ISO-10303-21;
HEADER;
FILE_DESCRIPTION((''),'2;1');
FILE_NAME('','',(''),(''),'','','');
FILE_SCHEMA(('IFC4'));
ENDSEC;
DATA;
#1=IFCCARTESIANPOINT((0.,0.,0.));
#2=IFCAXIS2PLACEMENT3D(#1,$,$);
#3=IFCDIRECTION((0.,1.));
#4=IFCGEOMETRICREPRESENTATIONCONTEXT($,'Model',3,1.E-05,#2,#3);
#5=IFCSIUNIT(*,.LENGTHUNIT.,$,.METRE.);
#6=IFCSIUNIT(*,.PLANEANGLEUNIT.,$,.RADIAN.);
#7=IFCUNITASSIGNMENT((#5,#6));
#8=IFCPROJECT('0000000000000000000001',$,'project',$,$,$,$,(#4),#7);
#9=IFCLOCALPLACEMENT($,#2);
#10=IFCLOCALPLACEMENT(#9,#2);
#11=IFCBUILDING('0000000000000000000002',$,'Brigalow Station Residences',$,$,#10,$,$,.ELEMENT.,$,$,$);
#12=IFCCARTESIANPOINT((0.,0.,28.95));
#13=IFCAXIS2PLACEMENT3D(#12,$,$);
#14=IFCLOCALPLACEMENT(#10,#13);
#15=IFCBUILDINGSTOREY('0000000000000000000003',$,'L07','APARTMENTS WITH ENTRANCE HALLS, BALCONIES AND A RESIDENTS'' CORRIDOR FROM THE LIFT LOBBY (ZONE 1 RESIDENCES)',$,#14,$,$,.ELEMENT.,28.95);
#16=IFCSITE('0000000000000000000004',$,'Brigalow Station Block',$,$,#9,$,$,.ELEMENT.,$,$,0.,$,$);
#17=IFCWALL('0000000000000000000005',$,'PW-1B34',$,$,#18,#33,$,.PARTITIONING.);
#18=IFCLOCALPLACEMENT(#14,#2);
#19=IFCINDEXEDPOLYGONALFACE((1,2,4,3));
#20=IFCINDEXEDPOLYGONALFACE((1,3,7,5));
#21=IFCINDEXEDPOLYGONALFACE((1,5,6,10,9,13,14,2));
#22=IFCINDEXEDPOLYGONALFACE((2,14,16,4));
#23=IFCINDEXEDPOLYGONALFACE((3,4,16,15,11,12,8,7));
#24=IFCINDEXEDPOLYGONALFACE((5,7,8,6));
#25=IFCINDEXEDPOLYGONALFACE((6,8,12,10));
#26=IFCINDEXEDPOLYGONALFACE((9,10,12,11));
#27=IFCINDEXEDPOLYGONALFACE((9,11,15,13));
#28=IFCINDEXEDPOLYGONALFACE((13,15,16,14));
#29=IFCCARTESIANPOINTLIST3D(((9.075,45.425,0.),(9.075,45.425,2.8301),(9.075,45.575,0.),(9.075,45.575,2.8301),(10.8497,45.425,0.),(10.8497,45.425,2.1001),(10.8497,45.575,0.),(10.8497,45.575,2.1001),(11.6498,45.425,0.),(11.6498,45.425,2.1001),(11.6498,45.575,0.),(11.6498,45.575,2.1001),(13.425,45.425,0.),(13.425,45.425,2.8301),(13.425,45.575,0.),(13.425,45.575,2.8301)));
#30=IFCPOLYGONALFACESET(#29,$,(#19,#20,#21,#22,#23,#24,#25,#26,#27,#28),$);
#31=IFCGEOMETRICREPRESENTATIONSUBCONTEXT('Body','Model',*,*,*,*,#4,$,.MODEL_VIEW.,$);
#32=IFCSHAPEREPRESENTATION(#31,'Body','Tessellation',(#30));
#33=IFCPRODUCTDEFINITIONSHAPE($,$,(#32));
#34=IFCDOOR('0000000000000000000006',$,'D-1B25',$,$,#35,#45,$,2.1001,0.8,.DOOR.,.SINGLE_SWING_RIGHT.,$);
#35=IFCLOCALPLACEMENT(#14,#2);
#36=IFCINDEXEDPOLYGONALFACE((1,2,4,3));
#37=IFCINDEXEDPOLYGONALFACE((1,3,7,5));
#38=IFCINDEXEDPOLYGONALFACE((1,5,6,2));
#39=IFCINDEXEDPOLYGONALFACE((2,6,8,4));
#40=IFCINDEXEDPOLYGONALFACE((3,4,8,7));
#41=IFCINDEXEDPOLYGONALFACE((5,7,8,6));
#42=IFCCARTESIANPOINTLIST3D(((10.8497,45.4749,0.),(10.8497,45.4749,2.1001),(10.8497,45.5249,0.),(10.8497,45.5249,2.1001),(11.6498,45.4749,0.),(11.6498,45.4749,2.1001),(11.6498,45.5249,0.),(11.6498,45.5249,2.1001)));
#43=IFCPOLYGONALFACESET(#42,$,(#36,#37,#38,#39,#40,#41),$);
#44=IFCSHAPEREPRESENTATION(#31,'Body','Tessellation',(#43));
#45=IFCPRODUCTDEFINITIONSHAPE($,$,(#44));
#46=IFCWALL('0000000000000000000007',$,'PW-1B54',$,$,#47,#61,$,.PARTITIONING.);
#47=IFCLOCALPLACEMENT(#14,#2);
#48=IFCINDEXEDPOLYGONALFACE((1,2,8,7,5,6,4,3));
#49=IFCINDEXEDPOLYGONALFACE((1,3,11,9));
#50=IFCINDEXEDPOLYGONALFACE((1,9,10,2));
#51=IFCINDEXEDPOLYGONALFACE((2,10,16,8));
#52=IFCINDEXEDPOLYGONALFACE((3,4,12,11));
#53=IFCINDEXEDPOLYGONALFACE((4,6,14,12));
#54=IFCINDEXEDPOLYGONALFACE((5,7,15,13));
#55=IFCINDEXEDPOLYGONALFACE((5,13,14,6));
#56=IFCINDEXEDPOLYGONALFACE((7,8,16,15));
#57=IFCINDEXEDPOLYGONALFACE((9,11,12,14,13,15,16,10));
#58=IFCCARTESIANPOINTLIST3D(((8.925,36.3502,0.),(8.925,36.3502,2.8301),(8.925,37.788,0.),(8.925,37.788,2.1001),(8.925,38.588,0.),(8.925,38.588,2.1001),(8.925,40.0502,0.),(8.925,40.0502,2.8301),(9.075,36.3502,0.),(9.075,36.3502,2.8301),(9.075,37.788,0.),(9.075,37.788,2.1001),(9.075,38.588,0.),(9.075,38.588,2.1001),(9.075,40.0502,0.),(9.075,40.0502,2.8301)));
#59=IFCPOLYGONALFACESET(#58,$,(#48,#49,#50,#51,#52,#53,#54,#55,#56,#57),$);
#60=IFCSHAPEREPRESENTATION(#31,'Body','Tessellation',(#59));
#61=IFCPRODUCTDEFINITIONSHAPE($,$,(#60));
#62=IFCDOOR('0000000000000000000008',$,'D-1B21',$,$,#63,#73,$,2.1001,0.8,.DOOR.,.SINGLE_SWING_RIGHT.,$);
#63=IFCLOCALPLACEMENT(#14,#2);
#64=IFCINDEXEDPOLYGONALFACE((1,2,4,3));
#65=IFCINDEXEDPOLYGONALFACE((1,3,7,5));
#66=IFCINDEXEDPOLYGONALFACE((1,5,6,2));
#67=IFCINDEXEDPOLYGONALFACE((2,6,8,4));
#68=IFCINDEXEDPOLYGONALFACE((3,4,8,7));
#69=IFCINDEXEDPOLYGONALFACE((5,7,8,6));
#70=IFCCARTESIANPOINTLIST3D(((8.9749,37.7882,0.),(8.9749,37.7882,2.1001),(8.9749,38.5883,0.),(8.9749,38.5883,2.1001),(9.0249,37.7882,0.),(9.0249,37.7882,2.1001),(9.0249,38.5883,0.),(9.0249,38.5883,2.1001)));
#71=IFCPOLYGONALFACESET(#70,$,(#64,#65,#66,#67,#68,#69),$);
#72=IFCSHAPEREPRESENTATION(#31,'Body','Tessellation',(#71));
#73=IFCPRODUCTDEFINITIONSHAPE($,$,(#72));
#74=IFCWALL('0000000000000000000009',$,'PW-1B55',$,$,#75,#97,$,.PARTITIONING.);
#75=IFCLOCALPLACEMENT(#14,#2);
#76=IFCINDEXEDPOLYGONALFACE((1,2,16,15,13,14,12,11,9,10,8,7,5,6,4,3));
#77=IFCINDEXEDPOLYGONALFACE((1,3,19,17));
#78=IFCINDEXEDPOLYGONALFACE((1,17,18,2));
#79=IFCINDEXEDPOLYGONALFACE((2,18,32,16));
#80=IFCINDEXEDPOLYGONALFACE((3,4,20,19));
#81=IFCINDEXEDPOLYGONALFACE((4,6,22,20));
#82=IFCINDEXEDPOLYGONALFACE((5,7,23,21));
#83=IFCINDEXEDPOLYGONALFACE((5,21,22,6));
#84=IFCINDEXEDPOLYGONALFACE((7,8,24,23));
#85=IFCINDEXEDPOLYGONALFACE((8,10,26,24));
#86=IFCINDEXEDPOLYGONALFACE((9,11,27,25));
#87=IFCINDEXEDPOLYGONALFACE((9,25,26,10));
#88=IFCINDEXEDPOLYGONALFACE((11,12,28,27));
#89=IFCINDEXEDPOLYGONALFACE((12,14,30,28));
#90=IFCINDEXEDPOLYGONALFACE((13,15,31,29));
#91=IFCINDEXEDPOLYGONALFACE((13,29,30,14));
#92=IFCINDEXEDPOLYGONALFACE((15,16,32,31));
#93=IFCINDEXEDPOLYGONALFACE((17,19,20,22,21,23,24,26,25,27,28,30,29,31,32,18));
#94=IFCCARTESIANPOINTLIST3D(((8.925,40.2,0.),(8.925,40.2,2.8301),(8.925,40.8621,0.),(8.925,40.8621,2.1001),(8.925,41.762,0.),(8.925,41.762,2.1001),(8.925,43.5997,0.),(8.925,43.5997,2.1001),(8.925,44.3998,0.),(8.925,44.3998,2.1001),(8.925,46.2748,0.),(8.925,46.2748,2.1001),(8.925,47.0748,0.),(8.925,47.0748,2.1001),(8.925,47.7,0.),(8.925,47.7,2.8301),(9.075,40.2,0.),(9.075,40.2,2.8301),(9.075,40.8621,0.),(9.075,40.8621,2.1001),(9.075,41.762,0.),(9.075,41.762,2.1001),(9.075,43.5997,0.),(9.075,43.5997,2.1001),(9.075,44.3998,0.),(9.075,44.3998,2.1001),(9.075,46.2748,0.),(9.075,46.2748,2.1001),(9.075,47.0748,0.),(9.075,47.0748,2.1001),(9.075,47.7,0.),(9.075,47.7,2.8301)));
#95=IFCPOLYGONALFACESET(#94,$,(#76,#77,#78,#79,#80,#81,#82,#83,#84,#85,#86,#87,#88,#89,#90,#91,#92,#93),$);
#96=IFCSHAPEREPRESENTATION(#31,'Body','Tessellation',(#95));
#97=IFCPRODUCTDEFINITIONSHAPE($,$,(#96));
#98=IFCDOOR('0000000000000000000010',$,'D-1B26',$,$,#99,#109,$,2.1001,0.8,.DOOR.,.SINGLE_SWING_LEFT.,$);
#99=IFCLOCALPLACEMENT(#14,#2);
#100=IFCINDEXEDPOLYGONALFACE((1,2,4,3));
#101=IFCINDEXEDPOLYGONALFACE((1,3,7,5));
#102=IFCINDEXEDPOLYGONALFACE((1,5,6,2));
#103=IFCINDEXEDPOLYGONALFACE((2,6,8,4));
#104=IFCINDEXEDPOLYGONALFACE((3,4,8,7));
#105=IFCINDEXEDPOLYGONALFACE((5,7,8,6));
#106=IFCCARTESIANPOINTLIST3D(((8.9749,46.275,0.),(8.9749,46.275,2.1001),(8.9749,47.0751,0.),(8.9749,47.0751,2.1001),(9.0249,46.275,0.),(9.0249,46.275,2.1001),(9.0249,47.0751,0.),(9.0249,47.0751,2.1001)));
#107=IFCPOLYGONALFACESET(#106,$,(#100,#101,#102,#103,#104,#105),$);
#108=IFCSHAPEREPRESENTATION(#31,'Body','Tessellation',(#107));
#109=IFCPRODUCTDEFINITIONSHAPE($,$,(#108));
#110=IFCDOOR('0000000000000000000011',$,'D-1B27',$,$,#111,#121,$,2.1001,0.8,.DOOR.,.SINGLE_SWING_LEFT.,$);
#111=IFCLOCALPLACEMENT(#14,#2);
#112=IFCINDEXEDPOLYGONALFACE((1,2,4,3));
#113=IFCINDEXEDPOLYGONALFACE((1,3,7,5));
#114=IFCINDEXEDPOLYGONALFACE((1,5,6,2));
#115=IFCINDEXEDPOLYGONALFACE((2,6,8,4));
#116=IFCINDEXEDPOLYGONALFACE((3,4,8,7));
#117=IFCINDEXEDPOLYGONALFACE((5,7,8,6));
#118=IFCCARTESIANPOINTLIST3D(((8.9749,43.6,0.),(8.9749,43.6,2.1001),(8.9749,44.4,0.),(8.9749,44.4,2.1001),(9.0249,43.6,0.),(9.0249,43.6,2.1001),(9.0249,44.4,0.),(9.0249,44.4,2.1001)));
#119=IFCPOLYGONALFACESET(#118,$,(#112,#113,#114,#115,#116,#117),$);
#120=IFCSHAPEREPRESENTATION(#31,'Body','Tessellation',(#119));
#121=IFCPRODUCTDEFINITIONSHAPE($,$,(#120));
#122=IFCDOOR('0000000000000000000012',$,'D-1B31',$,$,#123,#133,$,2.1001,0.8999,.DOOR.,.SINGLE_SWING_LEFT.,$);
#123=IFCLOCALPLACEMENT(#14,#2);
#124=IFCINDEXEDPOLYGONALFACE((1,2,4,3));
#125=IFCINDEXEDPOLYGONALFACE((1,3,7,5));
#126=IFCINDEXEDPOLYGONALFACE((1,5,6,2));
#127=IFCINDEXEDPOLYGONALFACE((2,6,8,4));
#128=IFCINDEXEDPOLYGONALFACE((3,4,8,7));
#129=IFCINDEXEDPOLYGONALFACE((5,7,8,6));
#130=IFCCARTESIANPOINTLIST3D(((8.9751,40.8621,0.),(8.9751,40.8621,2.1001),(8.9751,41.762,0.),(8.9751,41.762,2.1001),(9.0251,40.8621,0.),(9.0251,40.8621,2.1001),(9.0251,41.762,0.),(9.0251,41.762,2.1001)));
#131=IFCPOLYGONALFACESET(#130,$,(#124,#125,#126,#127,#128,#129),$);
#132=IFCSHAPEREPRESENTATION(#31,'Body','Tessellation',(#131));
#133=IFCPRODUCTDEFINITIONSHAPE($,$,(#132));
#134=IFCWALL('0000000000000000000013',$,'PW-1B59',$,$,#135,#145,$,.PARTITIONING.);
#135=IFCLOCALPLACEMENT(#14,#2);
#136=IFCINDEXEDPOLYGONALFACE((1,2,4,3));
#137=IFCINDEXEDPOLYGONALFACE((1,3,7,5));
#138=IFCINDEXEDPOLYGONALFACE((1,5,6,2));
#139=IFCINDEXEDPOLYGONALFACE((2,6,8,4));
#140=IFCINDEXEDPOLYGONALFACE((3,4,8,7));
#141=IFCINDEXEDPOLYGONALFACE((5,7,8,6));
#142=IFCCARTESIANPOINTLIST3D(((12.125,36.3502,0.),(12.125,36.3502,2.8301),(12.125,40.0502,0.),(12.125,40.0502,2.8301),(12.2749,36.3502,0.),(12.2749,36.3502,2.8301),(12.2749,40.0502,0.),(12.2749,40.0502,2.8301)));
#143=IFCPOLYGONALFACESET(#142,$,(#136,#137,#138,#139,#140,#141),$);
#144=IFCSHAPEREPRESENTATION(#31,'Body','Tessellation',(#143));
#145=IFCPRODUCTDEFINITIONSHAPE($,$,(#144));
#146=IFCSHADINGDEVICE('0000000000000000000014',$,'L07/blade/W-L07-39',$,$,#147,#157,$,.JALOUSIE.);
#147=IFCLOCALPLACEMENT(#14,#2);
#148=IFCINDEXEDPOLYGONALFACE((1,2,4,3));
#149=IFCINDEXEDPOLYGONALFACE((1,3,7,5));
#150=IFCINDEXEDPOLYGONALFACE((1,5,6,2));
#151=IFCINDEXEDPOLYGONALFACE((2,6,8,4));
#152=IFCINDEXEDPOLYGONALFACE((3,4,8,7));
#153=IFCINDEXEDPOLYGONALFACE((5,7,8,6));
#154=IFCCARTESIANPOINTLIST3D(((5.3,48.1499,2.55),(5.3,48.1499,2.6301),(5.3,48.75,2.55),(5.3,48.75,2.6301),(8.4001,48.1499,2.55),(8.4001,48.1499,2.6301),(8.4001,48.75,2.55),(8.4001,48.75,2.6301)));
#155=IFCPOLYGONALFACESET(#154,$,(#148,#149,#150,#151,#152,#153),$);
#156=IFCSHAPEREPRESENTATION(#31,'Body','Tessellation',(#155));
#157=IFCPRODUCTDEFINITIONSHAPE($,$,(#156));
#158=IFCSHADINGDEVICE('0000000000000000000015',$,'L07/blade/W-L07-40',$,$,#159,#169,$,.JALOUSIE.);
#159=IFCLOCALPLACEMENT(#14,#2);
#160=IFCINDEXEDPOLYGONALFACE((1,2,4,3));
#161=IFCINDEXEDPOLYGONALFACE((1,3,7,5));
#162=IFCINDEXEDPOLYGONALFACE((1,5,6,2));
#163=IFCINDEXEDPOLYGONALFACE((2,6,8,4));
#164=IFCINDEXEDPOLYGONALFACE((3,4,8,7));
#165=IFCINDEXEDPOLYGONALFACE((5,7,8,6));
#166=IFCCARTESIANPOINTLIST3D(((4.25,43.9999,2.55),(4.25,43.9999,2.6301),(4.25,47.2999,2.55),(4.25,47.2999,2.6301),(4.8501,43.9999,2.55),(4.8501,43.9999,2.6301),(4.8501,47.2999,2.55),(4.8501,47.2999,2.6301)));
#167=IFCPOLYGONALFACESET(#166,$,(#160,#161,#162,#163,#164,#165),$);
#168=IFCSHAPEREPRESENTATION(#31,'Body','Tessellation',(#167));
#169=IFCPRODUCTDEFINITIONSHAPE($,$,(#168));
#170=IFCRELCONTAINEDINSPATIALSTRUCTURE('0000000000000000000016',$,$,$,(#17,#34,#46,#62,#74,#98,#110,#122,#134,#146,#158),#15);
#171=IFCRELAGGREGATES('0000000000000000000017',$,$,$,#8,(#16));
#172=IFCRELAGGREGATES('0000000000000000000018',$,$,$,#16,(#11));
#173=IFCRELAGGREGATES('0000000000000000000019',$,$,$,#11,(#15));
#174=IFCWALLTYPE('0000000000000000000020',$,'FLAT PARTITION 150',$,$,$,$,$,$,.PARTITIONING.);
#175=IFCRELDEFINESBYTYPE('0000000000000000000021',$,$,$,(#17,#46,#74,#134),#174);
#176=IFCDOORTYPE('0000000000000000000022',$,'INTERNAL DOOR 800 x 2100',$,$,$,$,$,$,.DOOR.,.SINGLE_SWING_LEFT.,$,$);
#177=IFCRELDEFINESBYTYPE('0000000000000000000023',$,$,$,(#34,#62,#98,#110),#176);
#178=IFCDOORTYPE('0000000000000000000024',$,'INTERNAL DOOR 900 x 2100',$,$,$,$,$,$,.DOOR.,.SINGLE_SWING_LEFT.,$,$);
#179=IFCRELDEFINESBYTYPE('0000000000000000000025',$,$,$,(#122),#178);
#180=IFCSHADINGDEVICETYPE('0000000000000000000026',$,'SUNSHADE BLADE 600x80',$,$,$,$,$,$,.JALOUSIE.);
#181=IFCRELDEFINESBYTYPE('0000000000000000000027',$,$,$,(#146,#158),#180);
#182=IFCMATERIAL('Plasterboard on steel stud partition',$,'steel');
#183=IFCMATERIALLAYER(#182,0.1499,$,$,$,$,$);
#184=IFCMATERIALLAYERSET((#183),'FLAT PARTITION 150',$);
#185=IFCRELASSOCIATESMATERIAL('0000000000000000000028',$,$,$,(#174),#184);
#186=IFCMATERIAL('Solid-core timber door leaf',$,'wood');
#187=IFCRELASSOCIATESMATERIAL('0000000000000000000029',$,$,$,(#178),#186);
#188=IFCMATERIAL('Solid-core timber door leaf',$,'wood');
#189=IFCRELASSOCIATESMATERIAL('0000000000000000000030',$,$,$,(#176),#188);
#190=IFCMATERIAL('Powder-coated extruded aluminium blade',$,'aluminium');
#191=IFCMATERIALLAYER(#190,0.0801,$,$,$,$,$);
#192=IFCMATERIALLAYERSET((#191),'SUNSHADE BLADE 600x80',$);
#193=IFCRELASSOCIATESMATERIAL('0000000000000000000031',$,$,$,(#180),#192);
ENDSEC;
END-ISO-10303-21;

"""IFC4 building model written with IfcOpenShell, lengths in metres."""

from ifc_helpers import new_model, si_unit, direction, frame, frame_2d, origin, origin_2d, place, context, subcontext, project, spatial, rectangle, extrude, material, layer, layer_set, type_object, element, fill, save


model = new_model("IFC4")

# Units and contexts
model_context = context("Model", 3, precision=1e-05, world=origin(), true_north=direction((0.0, 1.0)))
body_context = subcontext(model_context, "Body", "Model", "MODEL_VIEW")
ifc_project = project(units=[si_unit("LENGTHUNIT", "METRE"), si_unit("PLANEANGLEUNIT", "RADIAN")], contexts=[model_context])

# Site, building, storey
site_placement = place(None, origin())
site = spatial("IfcSite", under=ifc_project, at=site_placement, Name="Brigalow Station Block", CompositionType="ELEMENT", RefElevation=0.0)
building_placement = place(site_placement, origin())
building = spatial("IfcBuilding", under=site, at=building_placement, Name="Brigalow Station Residences", CompositionType="ELEMENT")
storey_placement = place(building_placement, frame((0.0, 0.0, 28.95)))
storey = spatial("IfcBuildingStorey", under=building, at=storey_placement, Name="L07", Description="APARTMENTS WITH ENTRANCE HALLS, BALCONIES AND A RESIDENTS' CORRIDOR FROM THE LIFT LOBBY (ZONE 1 RESIDENCES)", CompositionType="ELEMENT", Elevation=28.95)

# Shared definitions
ifc_material_1 = material(Name="Plasterboard on steel stud partition", Category="steel")
ifc_layer_1 = layer(ifc_material_1, 0.1499)
ifc_layer_set_1 = layer_set([ifc_layer_1], Name="FLAT PARTITION 150")
wall_type_1 = type_object("IfcWallType", Name="FLAT PARTITION 150", PredefinedType="PARTITIONING", material=ifc_layer_set_1)
ifc_material_2 = material(Name="Solid-core timber door leaf", Category="wood")
door_type_1 = type_object("IfcDoorType", Name="INTERNAL DOOR 900 x 2100", OperationType="SINGLE_SWING_LEFT", PredefinedType="DOOR", material=ifc_material_2)

# Walls, openings, doors
wall_1_placement = place(storey_placement, frame((9.075, 45.5, 0.0), z_axis=(0.0, 0.0, 1.0), x_axis=(1.0, 0.0, 0.0)))
wall_1 = element("IfcWall", 1, at=wall_1_placement, inside=storey, type_object=wall_type_1, Name="PW-1B34", PredefinedType="PARTITIONING", context=body_context, shape_type="SweptSolid", body=[
    extrude(rectangle(XDim=4.3501, YDim=0.1499, at=frame_2d((2.175, 0.0))), origin(), (0.0, 0.0, 1.0), 2.8301),
])
opening_1_placement = place(wall_1_placement, frame((1.7749, 0.0, 0.0)))
opening_1 = element("IfcOpeningElement", 2, at=opening_1_placement, cuts=wall_1, PredefinedType="OPENING", context=body_context, shape_type="SweptSolid", body=[
    extrude(rectangle(XDim=0.8, YDim=2.1001, at=frame_2d((0.3999, 1.05))), frame((0.0, 0.085, 0.0), z_axis=(0.0, -1.0, 0.0), x_axis=(1.0, 0.0, 0.0)), (0.0, 0.0, 1.0), 0.1699),
])
ifc_material_3 = material(Name="Solid-core timber door leaf", Category="wood")
door_type_2 = type_object("IfcDoorType", Name="INTERNAL DOOR 800 x 2100", OperationType="SINGLE_SWING_LEFT", PredefinedType="DOOR", material=ifc_material_3)
door_1_placement = place(opening_1_placement, origin())
door_1 = element("IfcDoor", 3, at=door_1_placement, inside=storey, type_object=door_type_2, Name="D-1B25", OperationType="SINGLE_SWING_RIGHT", OverallHeight=2.1001, OverallWidth=0.8, PredefinedType="DOOR", context=body_context, shape_type="SweptSolid", body=[
    extrude(rectangle(XDim=0.8, YDim=2.1001, at=frame_2d((0.3999, 1.05))), frame((0.0, 0.0249, 0.0), z_axis=(0.0, -1.0, 0.0), x_axis=(1.0, 0.0, 0.0)), (0.0, 0.0, 1.0), 0.05),
])
fill(opening_1, door_1)
wall_2_placement = place(storey_placement, frame((9.0, 36.3501, 0.0), z_axis=(0.0, 0.0, 1.0), x_axis=(0.0, 1.0, 0.0)))
wall_2 = element("IfcWall", 4, at=wall_2_placement, inside=storey, type_object=wall_type_1, Name="PW-1B54", PredefinedType="PARTITIONING", context=body_context, shape_type="SweptSolid", body=[
    extrude(rectangle(XDim=3.7, YDim=0.1499, at=frame_2d((1.8501, 0.0))), origin(), (0.0, 0.0, 1.0), 2.8301),
])
opening_2_placement = place(wall_2_placement, frame((1.438, 0.0, 0.0)))
opening_2 = element("IfcOpeningElement", 5, at=opening_2_placement, cuts=wall_2, PredefinedType="OPENING", context=body_context, shape_type="SweptSolid", body=[
    extrude(rectangle(XDim=0.8, YDim=2.1001, at=frame_2d((0.3999, 1.05))), frame((0.0, 0.085, 0.0), z_axis=(0.0, -1.0, 0.0), x_axis=(1.0, 0.0, 0.0)), (0.0, 0.0, 1.0), 0.1699),
])
door_2_placement = place(opening_2_placement, frame((0.8, 0.0, 0.0), z_axis=(0.0, 0.0, 1.0), x_axis=(-1.0, 0.0, 0.0)))
door_2 = element("IfcDoor", 6, at=door_2_placement, inside=storey, type_object=door_type_2, Name="D-1B21", OperationType="SINGLE_SWING_RIGHT", OverallHeight=2.1001, OverallWidth=0.8, PredefinedType="DOOR", context=body_context, shape_type="SweptSolid", body=[
    extrude(rectangle(XDim=0.8, YDim=2.1001, at=frame_2d((0.3999, 1.05))), frame((0.0, 0.0249, 0.0), z_axis=(0.0, -1.0, 0.0), x_axis=(1.0, 0.0, 0.0)), (0.0, 0.0, 1.0), 0.05),
])
fill(opening_2, door_2)

# Wall, openings, doors
wall_3_placement = place(storey_placement, frame((9.0, 40.2, 0.0), z_axis=(0.0, 0.0, 1.0), x_axis=(0.0, 1.0, 0.0)))
wall_3 = element("IfcWall", 7, at=wall_3_placement, inside=storey, type_object=wall_type_1, Name="PW-1B55", PredefinedType="PARTITIONING", context=body_context, shape_type="SweptSolid", body=[
    extrude(rectangle(XDim=7.5, YDim=0.1499, at=frame_2d((3.75, 0.0))), origin(), (0.0, 0.0, 1.0), 2.8301),
])
opening_3_placement = place(wall_3_placement, frame((6.075, 0.0, 0.0)))
opening_3 = element("IfcOpeningElement", 8, at=opening_3_placement, cuts=wall_3, PredefinedType="OPENING", context=body_context, shape_type="SweptSolid", body=[
    extrude(rectangle(XDim=0.8, YDim=2.1001, at=frame_2d((0.3999, 1.05))), frame((0.0, 0.085, 0.0), z_axis=(0.0, -1.0, 0.0), x_axis=(1.0, 0.0, 0.0)), (0.0, 0.0, 1.0), 0.1699),
])
opening_4_placement = place(wall_3_placement, frame((3.3999, 0.0, 0.0)))
opening_4 = element("IfcOpeningElement", 9, at=opening_4_placement, cuts=wall_3, PredefinedType="OPENING", context=body_context, shape_type="SweptSolid", body=[
    extrude(rectangle(XDim=0.8, YDim=2.1001, at=frame_2d((0.3999, 1.05))), frame((0.0, 0.085, 0.0), z_axis=(0.0, -1.0, 0.0), x_axis=(1.0, 0.0, 0.0)), (0.0, 0.0, 1.0), 0.1699),
])
opening_5_placement = place(wall_3_placement, frame((0.6621, 0.0, 0.0)))
opening_5 = element("IfcOpeningElement", 10, at=opening_5_placement, cuts=wall_3, PredefinedType="OPENING", context=body_context, shape_type="SweptSolid", body=[
    extrude(rectangle(XDim=0.8999, YDim=2.1001, at=frame_2d((0.45, 1.05))), frame((0.0, 0.085, 0.0), z_axis=(0.0, -1.0, 0.0), x_axis=(1.0, 0.0, 0.0)), (0.0, 0.0, 1.0), 0.1699),
])
door_3_placement = place(opening_3_placement, frame((0.8, 0.0, 0.0), z_axis=(0.0, 0.0, 1.0), x_axis=(-1.0, 0.0, 0.0)))
door_3 = element("IfcDoor", 11, at=door_3_placement, inside=storey, type_object=door_type_2, Name="D-1B26", OperationType="SINGLE_SWING_LEFT", OverallHeight=2.1001, OverallWidth=0.8, PredefinedType="DOOR", context=body_context, shape_type="SweptSolid", body=[
    extrude(rectangle(XDim=0.8, YDim=2.1001, at=frame_2d((0.3999, 1.05))), frame((0.0, 0.0249, 0.0), z_axis=(0.0, -1.0, 0.0), x_axis=(1.0, 0.0, 0.0)), (0.0, 0.0, 1.0), 0.05),
])
fill(opening_3, door_3)
door_4_placement = place(opening_4_placement, frame((0.8, 0.0, 0.0), z_axis=(0.0, 0.0, 1.0), x_axis=(-1.0, 0.0, 0.0)))
door_4 = element("IfcDoor", 12, at=door_4_placement, inside=storey, type_object=door_type_2, Name="D-1B27", OperationType="SINGLE_SWING_LEFT", OverallHeight=2.1001, OverallWidth=0.8, PredefinedType="DOOR", context=body_context, shape_type="SweptSolid", body=[
    extrude(rectangle(XDim=0.8, YDim=2.1001, at=frame_2d((0.3999, 1.05))), frame((0.0, 0.0249, 0.0), z_axis=(0.0, -1.0, 0.0), x_axis=(1.0, 0.0, 0.0)), (0.0, 0.0, 1.0), 0.05),
])
fill(opening_4, door_4)
door_5_placement = place(opening_5_placement, origin())
door_5 = element("IfcDoor", 13, at=door_5_placement, inside=storey, type_object=door_type_1, Name="D-1B31", OperationType="SINGLE_SWING_LEFT", OverallHeight=2.1001, OverallWidth=0.8999, PredefinedType="DOOR", context=body_context, shape_type="SweptSolid", body=[
    extrude(rectangle(XDim=0.8999, YDim=2.1001, at=frame_2d((0.45, 1.05))), frame((0.0, 0.0249, 0.0), z_axis=(0.0, -1.0, 0.0), x_axis=(1.0, 0.0, 0.0)), (0.0, 0.0, 1.0), 0.05),
])
fill(opening_5, door_5)

# Wall
wall_4_placement = place(storey_placement, frame((12.2, 36.3501, 0.0), z_axis=(0.0, 0.0, 1.0), x_axis=(0.0, 1.0, 0.0)))
element("IfcWall", 14, at=wall_4_placement, inside=storey, type_object=wall_type_1, Name="PW-1B59", PredefinedType="PARTITIONING", context=body_context, shape_type="SweptSolid", body=[
    extrude(rectangle(XDim=3.7, YDim=0.1499, at=frame_2d((1.8501, 0.0))), origin(), (0.0, 0.0, 1.0), 2.8301),
])

# Shading devices
ifc_material_4 = material(Name="Powder-coated extruded aluminium blade", Category="aluminium")
ifc_layer_2 = layer(ifc_material_4, 0.0801)
ifc_layer_set_2 = layer_set([ifc_layer_2], Name="SUNSHADE BLADE 600x80")
shading_device_type = type_object("IfcShadingDeviceType", Name="SUNSHADE BLADE 600x80", PredefinedType="JALOUSIE", material=ifc_layer_set_2)
shading_device_1_placement = place(storey_placement, frame((6.8501, 48.45, 2.55), z_axis=(0.0, 0.0, 1.0), x_axis=(-1.0, 0.0, 0.0)))
element("IfcShadingDevice", 15, at=shading_device_1_placement, inside=storey, type_object=shading_device_type, Name="L07/blade/W-L07-39", PredefinedType="JALOUSIE", context=body_context, shape_type="SweptSolid", body=[
    extrude(rectangle(XDim=3.1001, YDim=0.6001, at=origin_2d()), origin(), (0.0, 0.0, 1.0), 0.0801),
])
shading_device_2_placement = place(storey_placement, frame((4.55, 45.6499, 2.55), z_axis=(0.0, 0.0, 1.0), x_axis=(0.0, -1.0, 0.0)))
element("IfcShadingDevice", 16, at=shading_device_2_placement, inside=storey, type_object=shading_device_type, Name="L07/blade/W-L07-40", PredefinedType="JALOUSIE", context=body_context, shape_type="SweptSolid", body=[
    extrude(rectangle(XDim=3.3, YDim=0.6001, at=origin_2d()), origin(), (0.0, 0.0, 1.0), 0.0801),
])

save(model, "model.ifc")
